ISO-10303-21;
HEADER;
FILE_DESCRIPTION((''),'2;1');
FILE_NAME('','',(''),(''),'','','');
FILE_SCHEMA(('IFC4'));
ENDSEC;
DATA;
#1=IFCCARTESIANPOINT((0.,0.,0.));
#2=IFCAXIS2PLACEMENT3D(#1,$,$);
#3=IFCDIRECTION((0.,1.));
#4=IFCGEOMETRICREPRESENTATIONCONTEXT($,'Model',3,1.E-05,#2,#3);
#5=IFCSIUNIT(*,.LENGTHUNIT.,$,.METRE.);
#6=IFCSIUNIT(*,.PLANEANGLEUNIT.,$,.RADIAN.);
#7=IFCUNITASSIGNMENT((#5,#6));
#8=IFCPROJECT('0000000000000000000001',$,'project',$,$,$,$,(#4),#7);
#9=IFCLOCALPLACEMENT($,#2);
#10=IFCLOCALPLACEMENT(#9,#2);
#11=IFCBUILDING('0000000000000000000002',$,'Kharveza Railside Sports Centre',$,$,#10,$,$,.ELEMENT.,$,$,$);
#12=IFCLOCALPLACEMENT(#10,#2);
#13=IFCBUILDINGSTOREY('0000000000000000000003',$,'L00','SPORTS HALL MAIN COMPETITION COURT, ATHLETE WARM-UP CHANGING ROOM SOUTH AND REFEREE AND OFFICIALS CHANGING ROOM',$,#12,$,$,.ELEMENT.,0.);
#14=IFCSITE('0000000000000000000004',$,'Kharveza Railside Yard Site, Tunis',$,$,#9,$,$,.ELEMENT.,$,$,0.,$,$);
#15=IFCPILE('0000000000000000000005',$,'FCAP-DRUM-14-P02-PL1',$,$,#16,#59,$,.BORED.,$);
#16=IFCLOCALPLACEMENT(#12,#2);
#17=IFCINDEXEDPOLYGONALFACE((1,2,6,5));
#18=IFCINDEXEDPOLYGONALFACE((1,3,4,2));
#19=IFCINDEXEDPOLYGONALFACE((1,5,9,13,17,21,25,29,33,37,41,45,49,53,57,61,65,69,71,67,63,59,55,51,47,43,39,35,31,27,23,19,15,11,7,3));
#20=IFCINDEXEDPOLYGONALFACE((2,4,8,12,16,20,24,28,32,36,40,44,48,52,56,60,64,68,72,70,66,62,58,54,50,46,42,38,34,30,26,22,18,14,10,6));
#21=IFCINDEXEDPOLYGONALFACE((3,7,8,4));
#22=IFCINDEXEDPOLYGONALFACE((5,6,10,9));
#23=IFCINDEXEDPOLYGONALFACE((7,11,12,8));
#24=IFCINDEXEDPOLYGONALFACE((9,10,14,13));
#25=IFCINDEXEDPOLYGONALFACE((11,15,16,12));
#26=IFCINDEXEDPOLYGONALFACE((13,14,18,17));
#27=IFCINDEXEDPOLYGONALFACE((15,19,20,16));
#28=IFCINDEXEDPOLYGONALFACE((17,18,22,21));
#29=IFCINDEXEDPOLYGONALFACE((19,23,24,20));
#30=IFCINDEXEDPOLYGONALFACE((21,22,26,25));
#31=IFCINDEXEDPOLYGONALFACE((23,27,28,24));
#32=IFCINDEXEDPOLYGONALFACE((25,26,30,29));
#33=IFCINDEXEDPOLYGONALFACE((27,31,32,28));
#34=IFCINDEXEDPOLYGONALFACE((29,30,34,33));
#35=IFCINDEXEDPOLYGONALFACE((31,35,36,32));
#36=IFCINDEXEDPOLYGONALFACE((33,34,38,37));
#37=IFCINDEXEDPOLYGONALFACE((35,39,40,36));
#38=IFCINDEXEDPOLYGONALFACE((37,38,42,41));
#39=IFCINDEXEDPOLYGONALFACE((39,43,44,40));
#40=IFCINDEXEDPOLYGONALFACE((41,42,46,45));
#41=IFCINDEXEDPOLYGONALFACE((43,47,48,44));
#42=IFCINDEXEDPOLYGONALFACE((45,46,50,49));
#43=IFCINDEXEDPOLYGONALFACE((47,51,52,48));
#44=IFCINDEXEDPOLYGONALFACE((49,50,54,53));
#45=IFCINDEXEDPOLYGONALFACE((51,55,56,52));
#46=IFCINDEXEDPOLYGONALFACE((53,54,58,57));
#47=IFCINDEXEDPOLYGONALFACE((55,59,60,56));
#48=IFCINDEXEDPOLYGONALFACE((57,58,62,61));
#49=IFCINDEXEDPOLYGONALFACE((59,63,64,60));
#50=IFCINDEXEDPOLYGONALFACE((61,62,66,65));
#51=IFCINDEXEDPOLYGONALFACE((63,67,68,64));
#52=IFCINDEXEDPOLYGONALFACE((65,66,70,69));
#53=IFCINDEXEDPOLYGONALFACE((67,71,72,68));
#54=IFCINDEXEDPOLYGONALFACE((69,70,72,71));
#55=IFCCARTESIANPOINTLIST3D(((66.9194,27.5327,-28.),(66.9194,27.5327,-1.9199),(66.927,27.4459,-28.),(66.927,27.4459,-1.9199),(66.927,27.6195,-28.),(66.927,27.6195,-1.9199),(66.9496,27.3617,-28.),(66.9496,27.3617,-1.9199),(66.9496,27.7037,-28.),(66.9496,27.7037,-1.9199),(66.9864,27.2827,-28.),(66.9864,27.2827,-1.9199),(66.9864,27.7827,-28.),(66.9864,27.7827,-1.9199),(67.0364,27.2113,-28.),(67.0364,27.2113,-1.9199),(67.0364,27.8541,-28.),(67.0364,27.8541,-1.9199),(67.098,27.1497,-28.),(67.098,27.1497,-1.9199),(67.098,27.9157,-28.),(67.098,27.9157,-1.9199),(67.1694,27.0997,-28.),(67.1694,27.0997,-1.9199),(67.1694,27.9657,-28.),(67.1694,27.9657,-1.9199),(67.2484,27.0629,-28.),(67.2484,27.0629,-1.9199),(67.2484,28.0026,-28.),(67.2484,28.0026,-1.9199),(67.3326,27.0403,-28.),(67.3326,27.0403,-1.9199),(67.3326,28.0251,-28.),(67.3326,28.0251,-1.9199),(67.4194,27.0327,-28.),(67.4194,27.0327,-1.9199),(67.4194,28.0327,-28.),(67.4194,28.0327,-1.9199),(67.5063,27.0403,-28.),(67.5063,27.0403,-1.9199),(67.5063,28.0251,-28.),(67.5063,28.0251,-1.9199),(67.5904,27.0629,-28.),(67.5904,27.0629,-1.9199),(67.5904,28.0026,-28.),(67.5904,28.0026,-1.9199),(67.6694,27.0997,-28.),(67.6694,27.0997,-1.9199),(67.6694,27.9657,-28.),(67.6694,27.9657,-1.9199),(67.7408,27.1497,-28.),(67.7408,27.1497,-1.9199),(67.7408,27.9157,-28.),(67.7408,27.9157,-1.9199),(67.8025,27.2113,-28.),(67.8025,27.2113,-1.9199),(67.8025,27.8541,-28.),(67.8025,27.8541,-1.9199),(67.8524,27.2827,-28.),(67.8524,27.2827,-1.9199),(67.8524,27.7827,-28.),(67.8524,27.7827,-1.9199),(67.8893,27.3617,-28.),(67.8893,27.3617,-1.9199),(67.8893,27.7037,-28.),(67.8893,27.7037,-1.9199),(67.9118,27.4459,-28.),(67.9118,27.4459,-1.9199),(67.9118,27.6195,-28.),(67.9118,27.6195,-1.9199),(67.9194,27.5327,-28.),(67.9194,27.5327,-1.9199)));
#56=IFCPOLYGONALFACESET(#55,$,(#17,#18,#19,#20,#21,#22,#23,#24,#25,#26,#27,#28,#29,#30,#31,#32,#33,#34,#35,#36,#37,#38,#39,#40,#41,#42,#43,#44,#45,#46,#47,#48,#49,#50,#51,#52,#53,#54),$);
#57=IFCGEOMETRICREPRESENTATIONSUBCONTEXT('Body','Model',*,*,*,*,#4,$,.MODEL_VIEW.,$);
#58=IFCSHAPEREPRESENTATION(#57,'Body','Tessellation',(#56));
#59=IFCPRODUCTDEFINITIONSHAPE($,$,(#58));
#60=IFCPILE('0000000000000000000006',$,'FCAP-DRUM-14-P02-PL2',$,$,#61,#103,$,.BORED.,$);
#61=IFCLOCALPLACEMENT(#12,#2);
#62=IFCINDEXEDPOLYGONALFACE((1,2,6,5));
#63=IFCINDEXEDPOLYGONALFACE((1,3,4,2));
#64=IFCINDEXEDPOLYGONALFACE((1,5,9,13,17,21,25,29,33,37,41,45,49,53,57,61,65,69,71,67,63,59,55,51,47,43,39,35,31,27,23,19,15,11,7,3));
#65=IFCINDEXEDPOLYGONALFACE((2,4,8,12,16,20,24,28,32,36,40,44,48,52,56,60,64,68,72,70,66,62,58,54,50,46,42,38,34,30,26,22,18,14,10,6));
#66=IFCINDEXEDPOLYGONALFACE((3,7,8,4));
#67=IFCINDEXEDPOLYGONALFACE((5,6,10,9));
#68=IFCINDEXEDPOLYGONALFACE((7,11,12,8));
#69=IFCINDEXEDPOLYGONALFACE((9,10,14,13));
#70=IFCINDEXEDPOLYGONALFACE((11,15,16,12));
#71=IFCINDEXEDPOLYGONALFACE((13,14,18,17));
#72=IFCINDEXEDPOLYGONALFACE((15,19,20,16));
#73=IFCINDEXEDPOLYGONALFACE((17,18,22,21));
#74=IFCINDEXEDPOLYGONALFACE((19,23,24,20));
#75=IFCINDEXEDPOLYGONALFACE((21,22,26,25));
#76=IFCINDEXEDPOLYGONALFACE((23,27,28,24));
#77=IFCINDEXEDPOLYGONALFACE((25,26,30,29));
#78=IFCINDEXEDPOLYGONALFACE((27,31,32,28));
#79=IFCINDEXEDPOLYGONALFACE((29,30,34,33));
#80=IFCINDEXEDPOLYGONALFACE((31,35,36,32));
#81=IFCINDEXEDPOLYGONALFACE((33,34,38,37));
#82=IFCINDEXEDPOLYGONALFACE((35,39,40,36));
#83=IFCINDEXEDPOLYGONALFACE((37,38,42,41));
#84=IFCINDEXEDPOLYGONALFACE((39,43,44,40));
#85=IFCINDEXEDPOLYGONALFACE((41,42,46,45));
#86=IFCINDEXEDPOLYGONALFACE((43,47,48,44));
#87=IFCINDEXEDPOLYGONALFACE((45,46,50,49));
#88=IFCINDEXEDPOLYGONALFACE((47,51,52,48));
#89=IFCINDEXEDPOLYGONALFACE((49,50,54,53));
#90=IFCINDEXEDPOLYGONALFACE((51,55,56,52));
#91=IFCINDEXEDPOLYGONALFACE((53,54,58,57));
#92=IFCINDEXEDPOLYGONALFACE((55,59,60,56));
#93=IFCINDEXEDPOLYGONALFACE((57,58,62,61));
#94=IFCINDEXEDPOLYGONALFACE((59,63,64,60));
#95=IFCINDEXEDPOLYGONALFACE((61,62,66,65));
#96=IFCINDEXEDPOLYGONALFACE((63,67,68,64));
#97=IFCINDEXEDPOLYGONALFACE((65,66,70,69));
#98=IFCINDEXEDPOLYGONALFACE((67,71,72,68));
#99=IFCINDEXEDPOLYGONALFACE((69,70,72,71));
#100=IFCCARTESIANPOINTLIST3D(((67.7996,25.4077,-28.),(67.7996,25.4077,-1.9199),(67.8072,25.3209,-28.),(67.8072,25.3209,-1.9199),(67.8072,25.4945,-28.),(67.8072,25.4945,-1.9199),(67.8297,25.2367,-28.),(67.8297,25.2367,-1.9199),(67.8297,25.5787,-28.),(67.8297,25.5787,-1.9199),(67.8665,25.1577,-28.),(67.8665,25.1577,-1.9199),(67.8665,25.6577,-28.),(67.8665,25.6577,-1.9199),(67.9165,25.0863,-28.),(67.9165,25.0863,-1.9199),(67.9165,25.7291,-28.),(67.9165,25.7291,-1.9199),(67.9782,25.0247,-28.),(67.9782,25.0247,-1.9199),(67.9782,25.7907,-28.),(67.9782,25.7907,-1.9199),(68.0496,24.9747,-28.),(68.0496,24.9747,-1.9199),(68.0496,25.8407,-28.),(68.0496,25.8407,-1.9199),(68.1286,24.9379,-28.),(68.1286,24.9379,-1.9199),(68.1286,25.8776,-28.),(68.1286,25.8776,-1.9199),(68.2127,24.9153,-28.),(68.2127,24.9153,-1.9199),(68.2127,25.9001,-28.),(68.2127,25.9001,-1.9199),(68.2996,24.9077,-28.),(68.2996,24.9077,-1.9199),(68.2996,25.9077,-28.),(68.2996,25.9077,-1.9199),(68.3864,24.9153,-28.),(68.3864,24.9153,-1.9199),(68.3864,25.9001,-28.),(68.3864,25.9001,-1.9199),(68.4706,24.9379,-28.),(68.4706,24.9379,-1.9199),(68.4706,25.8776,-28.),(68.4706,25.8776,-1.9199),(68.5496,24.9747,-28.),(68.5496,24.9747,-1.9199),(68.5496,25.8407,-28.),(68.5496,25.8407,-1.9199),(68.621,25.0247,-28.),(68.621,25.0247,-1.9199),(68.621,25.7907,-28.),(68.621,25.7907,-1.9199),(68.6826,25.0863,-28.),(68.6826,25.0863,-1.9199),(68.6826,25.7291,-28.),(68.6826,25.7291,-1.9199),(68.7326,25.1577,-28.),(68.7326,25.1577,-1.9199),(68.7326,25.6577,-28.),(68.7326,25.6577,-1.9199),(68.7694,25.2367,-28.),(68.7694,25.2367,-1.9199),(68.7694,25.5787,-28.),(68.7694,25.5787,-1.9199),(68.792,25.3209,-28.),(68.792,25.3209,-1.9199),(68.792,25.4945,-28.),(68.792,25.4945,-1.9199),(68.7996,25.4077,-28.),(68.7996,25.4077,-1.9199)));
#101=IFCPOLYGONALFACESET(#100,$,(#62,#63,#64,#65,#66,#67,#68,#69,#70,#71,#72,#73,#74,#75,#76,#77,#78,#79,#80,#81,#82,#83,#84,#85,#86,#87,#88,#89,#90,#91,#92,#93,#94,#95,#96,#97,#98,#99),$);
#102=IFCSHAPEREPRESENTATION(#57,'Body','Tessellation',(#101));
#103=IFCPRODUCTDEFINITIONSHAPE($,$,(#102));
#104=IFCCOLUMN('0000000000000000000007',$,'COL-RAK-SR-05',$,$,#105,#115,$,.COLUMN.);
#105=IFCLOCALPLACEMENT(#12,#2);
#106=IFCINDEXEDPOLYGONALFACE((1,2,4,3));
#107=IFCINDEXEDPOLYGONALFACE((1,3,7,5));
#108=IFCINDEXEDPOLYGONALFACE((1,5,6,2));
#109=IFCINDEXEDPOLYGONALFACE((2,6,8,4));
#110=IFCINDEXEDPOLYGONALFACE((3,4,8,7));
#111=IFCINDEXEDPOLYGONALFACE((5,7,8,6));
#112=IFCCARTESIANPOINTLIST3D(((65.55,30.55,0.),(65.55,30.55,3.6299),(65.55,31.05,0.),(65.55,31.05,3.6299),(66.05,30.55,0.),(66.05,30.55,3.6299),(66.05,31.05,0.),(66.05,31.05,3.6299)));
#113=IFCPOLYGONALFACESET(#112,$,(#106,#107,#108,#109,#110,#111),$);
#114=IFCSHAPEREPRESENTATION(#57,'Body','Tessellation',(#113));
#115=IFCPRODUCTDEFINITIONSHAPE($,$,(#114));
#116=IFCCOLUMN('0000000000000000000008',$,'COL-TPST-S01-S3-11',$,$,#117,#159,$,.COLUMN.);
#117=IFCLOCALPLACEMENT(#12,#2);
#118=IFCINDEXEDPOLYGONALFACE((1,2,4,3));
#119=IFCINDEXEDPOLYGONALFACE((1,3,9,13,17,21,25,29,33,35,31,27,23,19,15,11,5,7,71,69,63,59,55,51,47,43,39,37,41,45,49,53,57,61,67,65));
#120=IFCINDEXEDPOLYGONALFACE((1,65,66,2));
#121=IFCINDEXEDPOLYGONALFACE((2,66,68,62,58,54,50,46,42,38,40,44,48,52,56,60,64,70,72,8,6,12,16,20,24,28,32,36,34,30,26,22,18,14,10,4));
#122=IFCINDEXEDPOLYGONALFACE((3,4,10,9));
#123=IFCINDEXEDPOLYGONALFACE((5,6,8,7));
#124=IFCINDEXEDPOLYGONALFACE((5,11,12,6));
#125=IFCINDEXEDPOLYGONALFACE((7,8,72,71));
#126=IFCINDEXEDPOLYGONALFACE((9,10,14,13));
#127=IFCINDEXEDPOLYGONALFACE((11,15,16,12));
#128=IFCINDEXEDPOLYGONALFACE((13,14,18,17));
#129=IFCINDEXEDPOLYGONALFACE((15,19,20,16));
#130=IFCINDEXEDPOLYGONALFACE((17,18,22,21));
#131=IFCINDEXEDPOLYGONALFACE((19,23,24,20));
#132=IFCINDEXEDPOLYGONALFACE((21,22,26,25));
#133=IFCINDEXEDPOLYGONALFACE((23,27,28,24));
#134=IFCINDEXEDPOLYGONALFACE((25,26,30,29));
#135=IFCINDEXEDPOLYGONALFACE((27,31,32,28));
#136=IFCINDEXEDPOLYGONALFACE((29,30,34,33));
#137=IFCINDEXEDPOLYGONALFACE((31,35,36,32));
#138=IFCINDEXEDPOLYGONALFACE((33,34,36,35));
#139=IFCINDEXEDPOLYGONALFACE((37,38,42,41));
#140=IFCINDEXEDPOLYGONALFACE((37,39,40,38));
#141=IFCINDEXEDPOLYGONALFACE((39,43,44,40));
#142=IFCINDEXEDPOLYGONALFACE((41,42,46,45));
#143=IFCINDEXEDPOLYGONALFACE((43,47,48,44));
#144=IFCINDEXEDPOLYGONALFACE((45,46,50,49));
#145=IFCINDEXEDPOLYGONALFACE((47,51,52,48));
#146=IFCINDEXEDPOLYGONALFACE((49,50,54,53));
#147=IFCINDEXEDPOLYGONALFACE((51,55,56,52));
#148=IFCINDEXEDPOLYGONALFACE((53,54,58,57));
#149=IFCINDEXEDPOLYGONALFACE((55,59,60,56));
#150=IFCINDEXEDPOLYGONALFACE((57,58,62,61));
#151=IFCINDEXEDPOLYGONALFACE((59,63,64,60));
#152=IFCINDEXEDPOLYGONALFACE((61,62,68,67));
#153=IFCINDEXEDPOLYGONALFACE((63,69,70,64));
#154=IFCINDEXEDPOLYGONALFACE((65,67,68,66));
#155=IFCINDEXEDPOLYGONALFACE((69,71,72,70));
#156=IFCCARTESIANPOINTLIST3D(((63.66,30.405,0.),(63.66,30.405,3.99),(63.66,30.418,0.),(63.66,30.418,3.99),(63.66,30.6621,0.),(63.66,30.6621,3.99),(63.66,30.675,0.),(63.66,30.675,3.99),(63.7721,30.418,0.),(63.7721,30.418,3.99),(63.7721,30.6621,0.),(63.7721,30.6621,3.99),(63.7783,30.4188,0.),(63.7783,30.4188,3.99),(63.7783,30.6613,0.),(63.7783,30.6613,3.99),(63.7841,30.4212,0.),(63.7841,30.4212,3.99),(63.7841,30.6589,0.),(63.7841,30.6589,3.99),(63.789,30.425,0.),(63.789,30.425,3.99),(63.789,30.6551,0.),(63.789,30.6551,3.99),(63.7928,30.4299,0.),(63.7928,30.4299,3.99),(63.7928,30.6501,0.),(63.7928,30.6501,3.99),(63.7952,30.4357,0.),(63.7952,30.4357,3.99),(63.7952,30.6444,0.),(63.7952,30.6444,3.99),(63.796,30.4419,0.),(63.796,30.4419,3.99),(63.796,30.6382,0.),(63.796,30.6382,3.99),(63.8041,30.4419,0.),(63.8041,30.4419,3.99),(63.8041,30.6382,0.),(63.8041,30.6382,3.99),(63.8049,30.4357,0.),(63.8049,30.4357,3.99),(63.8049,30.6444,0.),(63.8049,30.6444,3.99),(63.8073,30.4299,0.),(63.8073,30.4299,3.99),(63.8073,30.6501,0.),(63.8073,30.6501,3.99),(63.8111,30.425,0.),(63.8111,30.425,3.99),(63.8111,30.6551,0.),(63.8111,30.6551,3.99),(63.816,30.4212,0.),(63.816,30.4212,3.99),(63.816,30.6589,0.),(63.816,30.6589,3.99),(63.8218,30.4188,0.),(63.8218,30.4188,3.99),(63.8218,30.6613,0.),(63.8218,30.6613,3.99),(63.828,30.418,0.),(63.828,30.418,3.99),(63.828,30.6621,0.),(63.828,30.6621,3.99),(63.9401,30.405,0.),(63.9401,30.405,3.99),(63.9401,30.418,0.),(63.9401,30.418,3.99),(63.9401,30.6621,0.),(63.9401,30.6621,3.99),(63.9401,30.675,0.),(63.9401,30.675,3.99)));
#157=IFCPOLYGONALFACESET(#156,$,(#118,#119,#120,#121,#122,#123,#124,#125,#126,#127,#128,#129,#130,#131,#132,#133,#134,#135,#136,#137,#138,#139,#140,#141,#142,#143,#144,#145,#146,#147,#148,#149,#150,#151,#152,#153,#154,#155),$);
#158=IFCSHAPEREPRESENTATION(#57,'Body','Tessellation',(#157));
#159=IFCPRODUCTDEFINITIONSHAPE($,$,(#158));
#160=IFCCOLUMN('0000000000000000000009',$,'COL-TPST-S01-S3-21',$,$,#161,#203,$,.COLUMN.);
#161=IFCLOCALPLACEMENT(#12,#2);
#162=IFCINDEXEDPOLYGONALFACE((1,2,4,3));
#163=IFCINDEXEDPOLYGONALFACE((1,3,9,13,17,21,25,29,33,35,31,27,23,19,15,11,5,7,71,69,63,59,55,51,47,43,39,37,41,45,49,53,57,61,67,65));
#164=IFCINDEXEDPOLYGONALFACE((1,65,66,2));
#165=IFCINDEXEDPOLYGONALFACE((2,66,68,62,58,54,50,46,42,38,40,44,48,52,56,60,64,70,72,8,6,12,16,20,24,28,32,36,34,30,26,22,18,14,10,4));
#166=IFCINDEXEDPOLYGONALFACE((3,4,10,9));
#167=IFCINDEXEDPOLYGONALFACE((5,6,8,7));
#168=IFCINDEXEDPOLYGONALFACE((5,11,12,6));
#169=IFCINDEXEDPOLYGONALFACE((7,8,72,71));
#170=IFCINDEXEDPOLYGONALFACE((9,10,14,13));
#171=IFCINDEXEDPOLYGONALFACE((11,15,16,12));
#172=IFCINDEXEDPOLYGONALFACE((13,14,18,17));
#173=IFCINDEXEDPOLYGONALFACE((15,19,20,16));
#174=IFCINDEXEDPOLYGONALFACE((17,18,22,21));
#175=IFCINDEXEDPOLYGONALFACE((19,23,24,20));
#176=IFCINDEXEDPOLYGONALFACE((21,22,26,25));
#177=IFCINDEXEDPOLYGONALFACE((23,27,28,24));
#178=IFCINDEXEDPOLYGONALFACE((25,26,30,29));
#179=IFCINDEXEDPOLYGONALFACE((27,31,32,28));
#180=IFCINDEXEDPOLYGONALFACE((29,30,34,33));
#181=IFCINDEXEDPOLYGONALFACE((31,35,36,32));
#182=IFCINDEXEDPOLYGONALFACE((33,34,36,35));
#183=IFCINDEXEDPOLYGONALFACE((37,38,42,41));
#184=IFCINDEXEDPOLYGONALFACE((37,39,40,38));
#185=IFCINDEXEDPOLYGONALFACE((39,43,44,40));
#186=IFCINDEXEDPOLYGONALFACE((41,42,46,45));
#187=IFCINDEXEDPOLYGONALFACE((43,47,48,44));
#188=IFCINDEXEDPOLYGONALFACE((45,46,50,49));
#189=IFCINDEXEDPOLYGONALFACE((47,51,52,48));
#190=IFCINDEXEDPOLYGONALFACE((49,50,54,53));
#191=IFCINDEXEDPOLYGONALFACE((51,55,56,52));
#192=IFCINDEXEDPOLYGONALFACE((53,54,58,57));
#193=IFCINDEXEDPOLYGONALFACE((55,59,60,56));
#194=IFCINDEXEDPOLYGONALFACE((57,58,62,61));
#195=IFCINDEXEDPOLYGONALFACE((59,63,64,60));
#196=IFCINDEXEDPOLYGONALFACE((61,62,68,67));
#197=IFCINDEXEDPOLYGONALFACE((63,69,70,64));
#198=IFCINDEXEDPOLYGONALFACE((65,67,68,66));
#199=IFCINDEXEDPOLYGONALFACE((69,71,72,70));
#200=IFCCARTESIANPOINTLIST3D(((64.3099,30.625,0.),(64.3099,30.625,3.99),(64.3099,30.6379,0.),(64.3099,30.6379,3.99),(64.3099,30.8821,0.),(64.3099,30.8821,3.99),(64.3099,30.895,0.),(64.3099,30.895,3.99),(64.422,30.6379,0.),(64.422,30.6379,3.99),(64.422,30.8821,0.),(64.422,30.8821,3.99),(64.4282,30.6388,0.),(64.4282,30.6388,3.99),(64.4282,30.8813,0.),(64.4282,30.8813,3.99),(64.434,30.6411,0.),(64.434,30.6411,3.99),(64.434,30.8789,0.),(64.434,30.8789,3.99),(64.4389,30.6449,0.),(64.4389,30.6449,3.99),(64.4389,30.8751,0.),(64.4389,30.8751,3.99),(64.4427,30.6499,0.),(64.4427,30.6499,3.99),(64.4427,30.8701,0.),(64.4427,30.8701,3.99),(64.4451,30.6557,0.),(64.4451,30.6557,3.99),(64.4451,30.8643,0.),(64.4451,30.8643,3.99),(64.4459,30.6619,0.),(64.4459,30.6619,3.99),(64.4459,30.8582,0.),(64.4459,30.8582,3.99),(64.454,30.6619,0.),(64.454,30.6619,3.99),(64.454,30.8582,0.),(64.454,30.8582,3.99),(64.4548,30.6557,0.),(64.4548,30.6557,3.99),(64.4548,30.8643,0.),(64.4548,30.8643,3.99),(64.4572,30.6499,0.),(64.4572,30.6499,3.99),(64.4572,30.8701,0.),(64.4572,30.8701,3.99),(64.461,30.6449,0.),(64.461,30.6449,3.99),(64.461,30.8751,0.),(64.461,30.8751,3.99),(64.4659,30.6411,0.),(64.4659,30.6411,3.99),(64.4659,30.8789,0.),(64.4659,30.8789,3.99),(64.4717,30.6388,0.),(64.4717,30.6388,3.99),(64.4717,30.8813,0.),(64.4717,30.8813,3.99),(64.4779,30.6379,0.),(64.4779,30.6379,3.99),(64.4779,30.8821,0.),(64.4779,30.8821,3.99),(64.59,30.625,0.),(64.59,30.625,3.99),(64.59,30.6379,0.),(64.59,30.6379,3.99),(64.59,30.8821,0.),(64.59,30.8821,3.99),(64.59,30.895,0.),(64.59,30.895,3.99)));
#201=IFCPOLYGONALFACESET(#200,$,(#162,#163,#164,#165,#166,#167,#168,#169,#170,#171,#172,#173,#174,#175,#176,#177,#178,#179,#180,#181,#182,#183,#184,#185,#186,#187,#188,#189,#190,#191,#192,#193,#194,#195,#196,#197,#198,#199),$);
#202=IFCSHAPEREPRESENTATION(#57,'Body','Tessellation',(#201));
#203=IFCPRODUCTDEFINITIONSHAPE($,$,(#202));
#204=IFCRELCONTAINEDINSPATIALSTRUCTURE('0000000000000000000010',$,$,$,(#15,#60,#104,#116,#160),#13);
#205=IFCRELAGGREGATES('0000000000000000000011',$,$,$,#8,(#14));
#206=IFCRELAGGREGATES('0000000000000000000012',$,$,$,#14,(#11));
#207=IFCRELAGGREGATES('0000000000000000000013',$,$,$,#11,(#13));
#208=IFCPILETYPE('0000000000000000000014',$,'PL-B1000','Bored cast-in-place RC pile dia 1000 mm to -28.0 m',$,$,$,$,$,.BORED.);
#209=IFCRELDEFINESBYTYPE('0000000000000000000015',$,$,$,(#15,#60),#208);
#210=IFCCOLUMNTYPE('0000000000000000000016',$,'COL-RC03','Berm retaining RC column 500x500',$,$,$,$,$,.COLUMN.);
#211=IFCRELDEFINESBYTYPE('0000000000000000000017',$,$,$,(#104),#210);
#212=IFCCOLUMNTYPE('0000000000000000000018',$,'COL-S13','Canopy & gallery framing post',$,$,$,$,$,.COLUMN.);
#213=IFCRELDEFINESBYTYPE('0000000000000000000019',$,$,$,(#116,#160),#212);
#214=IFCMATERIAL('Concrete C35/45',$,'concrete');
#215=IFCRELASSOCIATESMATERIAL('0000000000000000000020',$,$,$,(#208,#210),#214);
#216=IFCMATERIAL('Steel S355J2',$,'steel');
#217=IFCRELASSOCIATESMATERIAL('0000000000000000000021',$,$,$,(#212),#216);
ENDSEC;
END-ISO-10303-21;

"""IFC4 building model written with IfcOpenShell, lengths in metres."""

from ifc_helpers import new_model, si_unit, direction, frame, origin, origin_2d, place, context, subcontext, project, spatial, rectangle, circle, i_section, extrude, material, material_profile, profile_set, type_object, element, save


model = new_model("IFC4")

# Units and contexts
model_context = context("Model", 3, precision=1e-05, world=origin(), true_north=direction((0.0, 1.0)))
body_context = subcontext(model_context, "Body", "Model", "MODEL_VIEW")
ifc_project = project(units=[si_unit("LENGTHUNIT", "METRE"), si_unit("PLANEANGLEUNIT", "RADIAN")], contexts=[model_context])

# Site, building, storey
site_placement = place(None, origin())
site = spatial("IfcSite", under=ifc_project, at=site_placement, Name="Kharveza Railside Yard Site, Tunis", CompositionType="ELEMENT", RefElevation=0.0)
building_placement = place(site_placement, origin())
building = spatial("IfcBuilding", under=site, at=building_placement, Name="Kharveza Railside Sports Centre", CompositionType="ELEMENT")
storey_placement = place(building_placement, origin())
storey = spatial("IfcBuildingStorey", under=building, at=storey_placement, Name="L00", Description="SPORTS HALL MAIN COMPETITION COURT, ATHLETE WARM-UP CHANGING ROOM SOUTH AND REFEREE AND OFFICIALS CHANGING ROOM", CompositionType="ELEMENT", Elevation=0.0)

# Piles
ifc_material_1 = material(Name="Concrete C35/45", Category="concrete")
ifc_material_profile_1 = material_profile(ifc_material_1, circle(Radius=0.5, at=origin_2d()), Name="PILE D1000")
ifc_profile_set_1 = profile_set([ifc_material_profile_1], Name="Concrete C35/45")
pile_type = type_object("IfcPileType", Name="PL-B1000", Description="Bored cast-in-place RC pile dia 1000 mm to -28.0 m", PredefinedType="BORED", material=ifc_profile_set_1)
for number, where, z_axis, x_axis, name in (
    (1, (67.4194, 27.5327, -1.9199), (0.0, 0.0, -1.0), (1.0, 0.0, 0.0), "FCAP-DRUM-14-P02-PL1"),
    (2, (68.2996, 25.4077, -1.9199), (0.0, 0.0, -1.0), (1.0, 0.0, 0.0), "FCAP-DRUM-14-P02-PL2"),
):
    element("IfcPile", number, at=place(storey_placement, frame(where, z_axis=z_axis, x_axis=x_axis)), inside=storey, type_object=pile_type, Name=name, PredefinedType="BORED", context=body_context, shape_type="SweptSolid", body=[
        extrude(circle(Radius=0.5, at=origin_2d()), origin(), (0.0, 0.0, 1.0), 26.0801),
    ])

# Columns
ifc_material_profile_2 = material_profile(ifc_material_1, rectangle(XDim=0.5, YDim=0.5, at=origin_2d()), Name="RC 500x500")
ifc_profile_set_2 = profile_set([ifc_material_profile_2], Name="Concrete C35/45")
column_type_1 = type_object("IfcColumnType", Name="COL-RC03", Description="Berm retaining RC column 500x500", PredefinedType="COLUMN", material=ifc_profile_set_2)
column_1_placement = place(storey_placement, frame((65.8, 30.8, 0.0), z_axis=(0.0, 0.0, 1.0), x_axis=(1.0, 0.0, 0.0)))
element("IfcColumn", 3, at=column_1_placement, inside=storey, type_object=column_type_1, Name="COL-RAK-SR-05", PredefinedType="COLUMN", context=body_context, shape_type="SweptSolid", body=[
    extrude(rectangle(XDim=0.5, YDim=0.5, at=origin_2d()), origin(), (0.0, 0.0, 1.0), 3.6299),
])
ifc_material_2 = material(Name="Steel S355J2", Category="steel")
ifc_material_profile_3 = material_profile(ifc_material_2, i_section(OverallWidth=0.28, OverallDepth=0.27, WebThickness=0.0081, FlangeThickness=0.0129, FilletRadius=0.0239, at=origin_2d()), Name="HEA 280")
ifc_profile_set_3 = profile_set([ifc_material_profile_3], Name="Steel S355J2")
column_type_2 = type_object("IfcColumnType", Name="COL-S13", Description="Canopy & gallery framing post", PredefinedType="COLUMN", material=ifc_profile_set_3)
for number, where, z_axis, x_axis, name in (
    (4, (63.8, 30.54, 0.0), (0.0, 0.0, 1.0), (1.0, 0.0, 0.0), "COL-TPST-S01-S3-11"),
    (5, (64.45, 30.76, 0.0), (0.0, 0.0, 1.0), (1.0, 0.0, 0.0), "COL-TPST-S01-S3-21"),
):
    element("IfcColumn", number, at=place(storey_placement, frame(where, z_axis=z_axis, x_axis=x_axis)), inside=storey, type_object=column_type_2, Name=name, PredefinedType="COLUMN", context=body_context, shape_type="SweptSolid", body=[
        extrude(i_section(OverallWidth=0.28, OverallDepth=0.27, WebThickness=0.0081, FlangeThickness=0.0129, FilletRadius=0.0239, at=origin_2d()), origin(), (0.0, 0.0, 1.0), 3.99),
    ])

save(model, "model.ifc")
